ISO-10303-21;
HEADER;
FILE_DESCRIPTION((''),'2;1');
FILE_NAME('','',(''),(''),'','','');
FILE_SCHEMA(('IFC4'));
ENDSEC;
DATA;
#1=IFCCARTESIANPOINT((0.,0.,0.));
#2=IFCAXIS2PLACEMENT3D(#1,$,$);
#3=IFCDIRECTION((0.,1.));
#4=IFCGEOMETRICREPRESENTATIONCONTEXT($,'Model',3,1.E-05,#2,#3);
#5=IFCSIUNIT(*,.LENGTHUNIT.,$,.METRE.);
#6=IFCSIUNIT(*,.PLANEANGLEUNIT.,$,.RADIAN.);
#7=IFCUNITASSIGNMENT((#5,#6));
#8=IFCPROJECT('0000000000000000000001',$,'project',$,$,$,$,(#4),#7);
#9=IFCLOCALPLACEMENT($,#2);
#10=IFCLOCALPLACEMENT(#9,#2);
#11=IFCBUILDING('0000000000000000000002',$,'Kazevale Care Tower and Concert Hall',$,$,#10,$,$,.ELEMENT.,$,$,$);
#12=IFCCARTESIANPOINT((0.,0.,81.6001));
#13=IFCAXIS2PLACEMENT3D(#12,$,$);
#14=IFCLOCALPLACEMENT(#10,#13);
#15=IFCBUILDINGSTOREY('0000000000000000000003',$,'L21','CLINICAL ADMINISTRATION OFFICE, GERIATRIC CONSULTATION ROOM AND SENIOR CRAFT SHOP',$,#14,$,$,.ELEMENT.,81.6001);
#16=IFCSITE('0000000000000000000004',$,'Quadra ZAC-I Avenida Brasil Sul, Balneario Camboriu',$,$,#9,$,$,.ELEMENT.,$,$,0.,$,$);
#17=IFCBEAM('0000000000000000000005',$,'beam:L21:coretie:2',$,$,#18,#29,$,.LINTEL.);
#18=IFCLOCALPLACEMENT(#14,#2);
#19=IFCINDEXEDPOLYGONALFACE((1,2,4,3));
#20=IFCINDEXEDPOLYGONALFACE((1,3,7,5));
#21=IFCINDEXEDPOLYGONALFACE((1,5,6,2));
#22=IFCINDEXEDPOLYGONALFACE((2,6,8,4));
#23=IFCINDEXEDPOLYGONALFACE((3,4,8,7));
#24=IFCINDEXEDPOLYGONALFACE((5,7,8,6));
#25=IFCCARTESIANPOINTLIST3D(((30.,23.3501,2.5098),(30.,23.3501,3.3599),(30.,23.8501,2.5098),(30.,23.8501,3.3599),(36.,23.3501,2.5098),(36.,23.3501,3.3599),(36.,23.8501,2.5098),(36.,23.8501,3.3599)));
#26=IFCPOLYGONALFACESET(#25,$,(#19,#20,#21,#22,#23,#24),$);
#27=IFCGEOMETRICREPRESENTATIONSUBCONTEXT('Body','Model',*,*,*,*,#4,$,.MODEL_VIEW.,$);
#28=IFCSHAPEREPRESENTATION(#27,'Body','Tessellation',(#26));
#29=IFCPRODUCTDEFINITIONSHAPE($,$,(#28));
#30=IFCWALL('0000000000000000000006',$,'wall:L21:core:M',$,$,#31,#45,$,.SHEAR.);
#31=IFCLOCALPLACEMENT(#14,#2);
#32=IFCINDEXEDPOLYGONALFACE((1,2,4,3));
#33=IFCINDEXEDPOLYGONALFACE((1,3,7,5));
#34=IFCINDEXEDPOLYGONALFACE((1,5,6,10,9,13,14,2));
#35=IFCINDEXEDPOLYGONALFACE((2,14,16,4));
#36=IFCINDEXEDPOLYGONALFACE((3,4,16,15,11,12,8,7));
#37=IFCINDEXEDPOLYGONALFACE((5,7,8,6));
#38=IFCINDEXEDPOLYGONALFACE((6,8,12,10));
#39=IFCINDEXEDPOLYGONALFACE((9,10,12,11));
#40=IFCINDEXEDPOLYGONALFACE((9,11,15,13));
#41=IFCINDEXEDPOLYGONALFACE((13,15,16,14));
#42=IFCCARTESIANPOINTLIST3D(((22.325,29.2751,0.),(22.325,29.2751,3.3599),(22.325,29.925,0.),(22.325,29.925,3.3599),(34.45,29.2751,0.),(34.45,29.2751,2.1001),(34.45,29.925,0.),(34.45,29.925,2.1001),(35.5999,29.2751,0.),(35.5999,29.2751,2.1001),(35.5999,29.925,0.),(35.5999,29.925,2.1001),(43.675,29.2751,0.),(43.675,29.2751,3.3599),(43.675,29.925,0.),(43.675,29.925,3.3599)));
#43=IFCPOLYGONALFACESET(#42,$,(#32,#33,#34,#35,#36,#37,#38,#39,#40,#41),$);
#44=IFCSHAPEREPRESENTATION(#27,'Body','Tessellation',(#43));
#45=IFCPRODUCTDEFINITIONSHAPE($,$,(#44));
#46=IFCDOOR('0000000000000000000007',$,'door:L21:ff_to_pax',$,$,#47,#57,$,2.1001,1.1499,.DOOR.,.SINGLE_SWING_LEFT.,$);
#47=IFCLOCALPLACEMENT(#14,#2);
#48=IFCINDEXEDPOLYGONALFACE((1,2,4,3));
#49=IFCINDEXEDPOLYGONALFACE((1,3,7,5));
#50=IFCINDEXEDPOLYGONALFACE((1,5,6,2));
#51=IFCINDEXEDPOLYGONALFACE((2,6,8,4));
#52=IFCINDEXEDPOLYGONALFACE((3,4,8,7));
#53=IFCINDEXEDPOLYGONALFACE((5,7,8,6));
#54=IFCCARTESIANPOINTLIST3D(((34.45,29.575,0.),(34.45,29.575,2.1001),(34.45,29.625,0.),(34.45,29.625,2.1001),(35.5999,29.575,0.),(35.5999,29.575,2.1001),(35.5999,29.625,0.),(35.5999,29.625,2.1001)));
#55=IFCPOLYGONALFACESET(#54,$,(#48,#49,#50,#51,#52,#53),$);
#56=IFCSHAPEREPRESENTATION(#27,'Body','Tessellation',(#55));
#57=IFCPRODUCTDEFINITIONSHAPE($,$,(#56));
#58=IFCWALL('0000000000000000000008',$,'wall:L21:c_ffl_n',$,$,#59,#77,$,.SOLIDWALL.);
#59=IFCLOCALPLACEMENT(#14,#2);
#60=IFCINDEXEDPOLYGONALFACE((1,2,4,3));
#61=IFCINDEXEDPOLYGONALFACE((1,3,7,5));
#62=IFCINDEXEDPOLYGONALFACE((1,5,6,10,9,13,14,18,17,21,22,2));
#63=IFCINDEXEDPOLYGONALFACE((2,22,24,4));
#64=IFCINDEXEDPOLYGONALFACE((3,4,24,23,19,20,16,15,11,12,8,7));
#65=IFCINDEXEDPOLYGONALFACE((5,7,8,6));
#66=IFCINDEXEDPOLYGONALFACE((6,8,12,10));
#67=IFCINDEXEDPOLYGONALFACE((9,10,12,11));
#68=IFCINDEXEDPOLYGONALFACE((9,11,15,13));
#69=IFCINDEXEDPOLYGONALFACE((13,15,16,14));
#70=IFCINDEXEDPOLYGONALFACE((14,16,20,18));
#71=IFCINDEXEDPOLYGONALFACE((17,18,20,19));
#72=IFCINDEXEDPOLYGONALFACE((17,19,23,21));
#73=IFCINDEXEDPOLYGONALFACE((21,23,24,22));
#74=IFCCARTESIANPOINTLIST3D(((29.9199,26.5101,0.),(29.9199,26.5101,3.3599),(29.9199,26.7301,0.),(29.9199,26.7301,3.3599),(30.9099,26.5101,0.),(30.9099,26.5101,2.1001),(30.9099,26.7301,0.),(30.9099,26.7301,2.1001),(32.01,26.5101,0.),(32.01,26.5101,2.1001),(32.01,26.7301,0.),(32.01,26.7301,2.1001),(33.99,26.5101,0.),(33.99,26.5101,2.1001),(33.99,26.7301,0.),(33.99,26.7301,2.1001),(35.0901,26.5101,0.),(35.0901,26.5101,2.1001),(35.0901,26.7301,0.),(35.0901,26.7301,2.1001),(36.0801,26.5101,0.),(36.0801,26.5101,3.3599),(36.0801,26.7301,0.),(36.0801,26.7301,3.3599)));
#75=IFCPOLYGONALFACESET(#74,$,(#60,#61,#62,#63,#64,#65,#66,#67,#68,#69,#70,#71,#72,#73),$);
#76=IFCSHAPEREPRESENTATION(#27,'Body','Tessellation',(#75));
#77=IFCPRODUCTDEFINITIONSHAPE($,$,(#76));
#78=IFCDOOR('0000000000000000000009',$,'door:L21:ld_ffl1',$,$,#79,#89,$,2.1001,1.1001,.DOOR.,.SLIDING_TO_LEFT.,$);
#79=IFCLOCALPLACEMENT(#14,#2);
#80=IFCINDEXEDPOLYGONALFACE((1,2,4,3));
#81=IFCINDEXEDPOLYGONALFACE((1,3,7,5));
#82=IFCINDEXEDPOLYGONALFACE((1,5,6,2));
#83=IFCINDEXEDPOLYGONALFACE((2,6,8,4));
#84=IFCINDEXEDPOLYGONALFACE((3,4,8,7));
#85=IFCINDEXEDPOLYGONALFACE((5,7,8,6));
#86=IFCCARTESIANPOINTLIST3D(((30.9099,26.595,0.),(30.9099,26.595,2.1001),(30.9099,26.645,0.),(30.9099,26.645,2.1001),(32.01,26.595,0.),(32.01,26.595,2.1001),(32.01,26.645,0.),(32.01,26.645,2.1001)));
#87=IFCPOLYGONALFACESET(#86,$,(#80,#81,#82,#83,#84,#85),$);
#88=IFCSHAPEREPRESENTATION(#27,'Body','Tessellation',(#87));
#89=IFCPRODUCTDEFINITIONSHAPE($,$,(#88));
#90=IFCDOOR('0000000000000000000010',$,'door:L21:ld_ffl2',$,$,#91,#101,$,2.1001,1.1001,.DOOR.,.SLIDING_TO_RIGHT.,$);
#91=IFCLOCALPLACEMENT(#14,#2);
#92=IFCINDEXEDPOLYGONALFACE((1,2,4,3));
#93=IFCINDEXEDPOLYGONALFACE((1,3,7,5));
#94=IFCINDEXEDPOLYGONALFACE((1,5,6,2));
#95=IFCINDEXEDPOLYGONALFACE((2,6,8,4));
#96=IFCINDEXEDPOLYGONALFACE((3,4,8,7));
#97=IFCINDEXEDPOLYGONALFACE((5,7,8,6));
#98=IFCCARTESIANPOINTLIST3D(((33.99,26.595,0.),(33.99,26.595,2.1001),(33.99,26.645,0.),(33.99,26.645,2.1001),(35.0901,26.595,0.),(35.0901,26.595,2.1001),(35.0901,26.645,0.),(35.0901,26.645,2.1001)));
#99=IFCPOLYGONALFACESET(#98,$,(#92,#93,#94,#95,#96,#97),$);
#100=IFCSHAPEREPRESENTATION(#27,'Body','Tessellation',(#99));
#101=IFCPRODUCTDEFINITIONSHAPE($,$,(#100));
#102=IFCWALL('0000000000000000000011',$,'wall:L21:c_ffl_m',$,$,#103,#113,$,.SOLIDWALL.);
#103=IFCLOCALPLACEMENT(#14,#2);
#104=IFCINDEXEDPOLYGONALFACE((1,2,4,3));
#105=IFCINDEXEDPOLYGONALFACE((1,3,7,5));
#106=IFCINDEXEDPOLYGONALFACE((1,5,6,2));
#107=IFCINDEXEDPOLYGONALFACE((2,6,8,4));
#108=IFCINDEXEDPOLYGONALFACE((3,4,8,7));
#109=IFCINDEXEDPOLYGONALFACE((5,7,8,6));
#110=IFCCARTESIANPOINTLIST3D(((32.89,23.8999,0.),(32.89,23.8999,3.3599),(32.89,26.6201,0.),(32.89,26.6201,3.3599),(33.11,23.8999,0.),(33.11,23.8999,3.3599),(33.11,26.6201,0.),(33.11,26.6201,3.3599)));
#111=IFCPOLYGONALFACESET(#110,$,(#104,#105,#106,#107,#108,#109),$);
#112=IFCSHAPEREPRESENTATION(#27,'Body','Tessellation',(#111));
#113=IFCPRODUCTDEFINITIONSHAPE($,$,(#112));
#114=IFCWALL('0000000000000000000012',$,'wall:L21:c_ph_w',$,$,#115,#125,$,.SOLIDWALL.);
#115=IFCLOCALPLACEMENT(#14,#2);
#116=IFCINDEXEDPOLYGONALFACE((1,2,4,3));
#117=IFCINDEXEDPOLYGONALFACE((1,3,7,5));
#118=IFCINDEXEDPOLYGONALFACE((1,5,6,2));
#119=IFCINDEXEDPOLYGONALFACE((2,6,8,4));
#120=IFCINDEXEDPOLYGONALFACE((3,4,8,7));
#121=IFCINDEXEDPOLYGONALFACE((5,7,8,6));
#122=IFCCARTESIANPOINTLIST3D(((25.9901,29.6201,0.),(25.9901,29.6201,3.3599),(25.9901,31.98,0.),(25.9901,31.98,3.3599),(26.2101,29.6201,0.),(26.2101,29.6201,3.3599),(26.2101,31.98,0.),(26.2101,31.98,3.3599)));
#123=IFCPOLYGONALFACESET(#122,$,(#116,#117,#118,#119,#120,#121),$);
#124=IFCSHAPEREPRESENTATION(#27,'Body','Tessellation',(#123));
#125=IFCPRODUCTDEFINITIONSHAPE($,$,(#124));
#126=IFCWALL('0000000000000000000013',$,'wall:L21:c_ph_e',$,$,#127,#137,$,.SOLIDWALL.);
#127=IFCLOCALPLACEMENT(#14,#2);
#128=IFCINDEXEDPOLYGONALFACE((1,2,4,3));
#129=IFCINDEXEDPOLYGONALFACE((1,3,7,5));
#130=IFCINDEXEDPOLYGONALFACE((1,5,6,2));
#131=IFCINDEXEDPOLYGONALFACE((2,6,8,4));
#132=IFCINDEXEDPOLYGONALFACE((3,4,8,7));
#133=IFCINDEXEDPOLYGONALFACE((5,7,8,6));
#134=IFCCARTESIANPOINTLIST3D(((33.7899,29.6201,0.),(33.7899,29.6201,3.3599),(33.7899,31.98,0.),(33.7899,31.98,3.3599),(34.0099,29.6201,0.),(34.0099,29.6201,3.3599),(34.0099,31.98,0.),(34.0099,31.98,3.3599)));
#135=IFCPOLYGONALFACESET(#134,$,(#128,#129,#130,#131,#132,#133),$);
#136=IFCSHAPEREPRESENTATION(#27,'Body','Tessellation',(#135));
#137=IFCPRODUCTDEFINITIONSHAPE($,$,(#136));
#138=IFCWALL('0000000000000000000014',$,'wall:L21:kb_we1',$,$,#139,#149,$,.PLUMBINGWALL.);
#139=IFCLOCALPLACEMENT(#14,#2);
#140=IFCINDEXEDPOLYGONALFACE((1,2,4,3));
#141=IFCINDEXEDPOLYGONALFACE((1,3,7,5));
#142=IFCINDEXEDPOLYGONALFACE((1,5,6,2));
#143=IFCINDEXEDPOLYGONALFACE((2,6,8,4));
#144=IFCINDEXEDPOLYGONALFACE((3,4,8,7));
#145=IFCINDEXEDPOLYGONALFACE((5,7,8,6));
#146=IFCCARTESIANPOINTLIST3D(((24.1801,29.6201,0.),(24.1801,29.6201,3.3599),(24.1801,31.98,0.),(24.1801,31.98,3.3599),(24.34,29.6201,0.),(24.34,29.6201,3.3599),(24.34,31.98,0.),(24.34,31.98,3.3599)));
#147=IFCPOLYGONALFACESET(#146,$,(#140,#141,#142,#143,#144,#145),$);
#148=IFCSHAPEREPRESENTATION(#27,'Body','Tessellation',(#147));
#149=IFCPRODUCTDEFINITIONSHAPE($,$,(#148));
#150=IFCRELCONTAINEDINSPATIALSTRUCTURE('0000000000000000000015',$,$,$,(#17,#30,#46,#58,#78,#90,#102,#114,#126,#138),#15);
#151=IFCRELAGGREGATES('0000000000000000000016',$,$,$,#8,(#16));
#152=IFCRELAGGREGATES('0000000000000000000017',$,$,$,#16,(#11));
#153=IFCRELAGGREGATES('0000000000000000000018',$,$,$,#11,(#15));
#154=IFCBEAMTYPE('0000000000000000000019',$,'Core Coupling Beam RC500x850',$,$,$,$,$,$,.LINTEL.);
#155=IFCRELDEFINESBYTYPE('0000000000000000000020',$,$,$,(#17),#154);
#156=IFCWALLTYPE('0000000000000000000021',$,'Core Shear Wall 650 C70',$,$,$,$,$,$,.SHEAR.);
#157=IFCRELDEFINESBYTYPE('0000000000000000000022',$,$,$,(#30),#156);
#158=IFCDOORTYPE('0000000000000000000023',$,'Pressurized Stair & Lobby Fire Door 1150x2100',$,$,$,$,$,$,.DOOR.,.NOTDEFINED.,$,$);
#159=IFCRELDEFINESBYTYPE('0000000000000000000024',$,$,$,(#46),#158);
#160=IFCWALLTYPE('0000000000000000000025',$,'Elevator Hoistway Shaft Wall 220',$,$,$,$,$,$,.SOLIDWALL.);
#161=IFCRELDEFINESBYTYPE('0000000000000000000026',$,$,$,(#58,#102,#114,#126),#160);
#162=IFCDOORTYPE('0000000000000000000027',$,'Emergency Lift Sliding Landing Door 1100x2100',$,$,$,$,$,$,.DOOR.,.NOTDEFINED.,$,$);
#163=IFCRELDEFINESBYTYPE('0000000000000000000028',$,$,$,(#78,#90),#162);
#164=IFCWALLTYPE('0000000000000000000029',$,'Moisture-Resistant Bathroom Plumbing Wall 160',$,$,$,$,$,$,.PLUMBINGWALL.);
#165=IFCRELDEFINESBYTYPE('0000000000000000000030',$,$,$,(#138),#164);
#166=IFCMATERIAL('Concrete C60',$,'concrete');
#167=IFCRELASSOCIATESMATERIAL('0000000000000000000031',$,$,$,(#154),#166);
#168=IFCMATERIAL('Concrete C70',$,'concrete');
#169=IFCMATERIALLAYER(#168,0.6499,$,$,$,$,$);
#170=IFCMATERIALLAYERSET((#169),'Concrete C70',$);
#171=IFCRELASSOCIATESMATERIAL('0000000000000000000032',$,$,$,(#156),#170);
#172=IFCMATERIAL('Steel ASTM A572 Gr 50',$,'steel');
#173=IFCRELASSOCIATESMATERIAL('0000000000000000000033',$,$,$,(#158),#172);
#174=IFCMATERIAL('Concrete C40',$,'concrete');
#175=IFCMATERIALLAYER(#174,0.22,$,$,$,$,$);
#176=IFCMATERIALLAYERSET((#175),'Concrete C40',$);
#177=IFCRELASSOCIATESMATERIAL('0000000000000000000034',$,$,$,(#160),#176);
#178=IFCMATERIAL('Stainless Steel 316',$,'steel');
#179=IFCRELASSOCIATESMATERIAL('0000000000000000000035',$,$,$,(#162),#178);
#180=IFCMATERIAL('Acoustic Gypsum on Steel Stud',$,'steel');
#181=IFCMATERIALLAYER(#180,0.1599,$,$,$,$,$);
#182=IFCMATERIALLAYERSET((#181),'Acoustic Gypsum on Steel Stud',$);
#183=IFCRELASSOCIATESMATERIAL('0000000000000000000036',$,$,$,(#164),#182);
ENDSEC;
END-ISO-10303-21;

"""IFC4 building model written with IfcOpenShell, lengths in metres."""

from ifc_helpers import new_model, si_unit, direction, frame, frame_2d, origin, origin_2d, place, context, subcontext, project, spatial, rectangle, extrude, material, layer, layer_set, material_profile, profile_set, type_object, element, fill, save


model = new_model("IFC4")

# Units and contexts
model_context = context("Model", 3, precision=1e-05, world=origin(), true_north=direction((0.0, 1.0)))
body_context = subcontext(model_context, "Body", "Model", "MODEL_VIEW")
ifc_project = project(units=[si_unit("LENGTHUNIT", "METRE"), si_unit("PLANEANGLEUNIT", "RADIAN")], contexts=[model_context])

# Site, building, storey
site_placement = place(None, origin())
site = spatial("IfcSite", under=ifc_project, at=site_placement, Name="Quadra ZAC-I Avenida Brasil Sul, Balneario Camboriu", CompositionType="ELEMENT", RefElevation=0.0)
building_placement = place(site_placement, origin())
building = spatial("IfcBuilding", under=site, at=building_placement, Name="Kazevale Care Tower and Concert Hall", CompositionType="ELEMENT")
storey_placement = place(building_placement, frame((0.0, 0.0, 81.6001)))
storey = spatial("IfcBuildingStorey", under=building, at=storey_placement, Name="L21", Description="CLINICAL ADMINISTRATION OFFICE, GERIATRIC CONSULTATION ROOM AND SENIOR CRAFT SHOP", CompositionType="ELEMENT", Elevation=81.6001)

# Beam
ifc_material_1 = material(Name="Concrete C60", Category="concrete")
ifc_material_profile = material_profile(ifc_material_1, rectangle(XDim=0.5, YDim=0.8501, at=origin_2d()), Name="RC-B500x850")
ifc_profile_set = profile_set([ifc_material_profile], Name="Concrete C60")
beam_type = type_object("IfcBeamType", Name="Core Coupling Beam RC500x850", PredefinedType="LINTEL", material=ifc_profile_set)
beam_placement = place(storey_placement, frame((30.0, 23.6001, 2.9348), z_axis=(1.0, 0.0, 0.0), x_axis=(0.0, 1.0, 0.0)))
element("IfcBeam", 1, at=beam_placement, inside=storey, type_object=beam_type, Name="beam:L21:coretie:2", PredefinedType="LINTEL", context=body_context, shape_type="SweptSolid", body=[
    extrude(rectangle(XDim=0.5, YDim=0.8501, at=origin_2d()), origin(), (0.0, 0.0, 1.0), 6.0),
])

# Wall, opening, door
ifc_material_2 = material(Name="Concrete C70", Category="concrete")
ifc_layer_1 = layer(ifc_material_2, 0.6499)
ifc_layer_set_1 = layer_set([ifc_layer_1], Name="Concrete C70")
wall_type_1 = type_object("IfcWallType", Name="Core Shear Wall 650 C70", PredefinedType="SHEAR", material=ifc_layer_set_1)
wall_1_placement = place(storey_placement, frame((22.325, 29.6001, 0.0), z_axis=(0.0, 0.0, 1.0), x_axis=(1.0, 0.0, 0.0)))
wall_1 = element("IfcWall", 2, at=wall_1_placement, inside=storey, type_object=wall_type_1, Name="wall:L21:core:M", PredefinedType="SHEAR", context=body_context, shape_type="SweptSolid", body=[
    extrude(rectangle(XDim=21.3501, YDim=0.6499, at=frame_2d((10.675, 0.0))), origin(), (0.0, 0.0, 1.0), 3.3599),
])
opening_1_placement = place(wall_1_placement, frame((12.125, 0.0, 0.0)))
opening_1 = element("IfcOpeningElement", 3, at=opening_1_placement, cuts=wall_1, PredefinedType="OPENING", context=body_context, shape_type="SweptSolid", body=[
    extrude(rectangle(XDim=1.1499, YDim=2.1001, at=frame_2d((0.575, 1.05))), frame((0.0, 0.335, 0.0), z_axis=(0.0, -1.0, 0.0), x_axis=(1.0, 0.0, 0.0)), (0.0, 0.0, 1.0), 0.6699),
])
ifc_material_3 = material(Name="Steel ASTM A572 Gr 50", Category="steel")
door_type_1 = type_object("IfcDoorType", Name="Pressurized Stair & Lobby Fire Door 1150x2100", OperationType="NOTDEFINED", PredefinedType="DOOR", material=ifc_material_3)
door_1_placement = place(opening_1_placement, origin())
door_1 = element("IfcDoor", 4, at=door_1_placement, inside=storey, type_object=door_type_1, Name="door:L21:ff_to_pax", OperationType="SINGLE_SWING_LEFT", OverallHeight=2.1001, OverallWidth=1.1499, PredefinedType="DOOR", context=body_context, shape_type="SweptSolid", body=[
    extrude(rectangle(XDim=1.1499, YDim=2.1001, at=frame_2d((0.575, 1.05))), frame((0.0, 0.0249, 0.0), z_axis=(0.0, -1.0, 0.0), x_axis=(1.0, 0.0, 0.0)), (0.0, 0.0, 1.0), 0.05),
])
fill(opening_1, door_1)

# Wall, openings, doors
ifc_material_4 = material(Name="Concrete C40", Category="concrete")
ifc_layer_2 = layer(ifc_material_4, 0.22)
ifc_layer_set_2 = layer_set([ifc_layer_2], Name="Concrete C40")
wall_type_2 = type_object("IfcWallType", Name="Elevator Hoistway Shaft Wall 220", PredefinedType="SOLIDWALL", material=ifc_layer_set_2)
wall_2_placement = place(storey_placement, frame((29.9199, 26.6201, 0.0), z_axis=(0.0, 0.0, 1.0), x_axis=(1.0, 0.0, 0.0)))
wall_2 = element("IfcWall", 5, at=wall_2_placement, inside=storey, type_object=wall_type_2, Name="wall:L21:c_ffl_n", PredefinedType="SOLIDWALL", context=body_context, shape_type="SweptSolid", body=[
    extrude(rectangle(XDim=6.1602, YDim=0.22, at=frame_2d((3.0801, 0.0))), origin(), (0.0, 0.0, 1.0), 3.3599),
])
opening_2_placement = place(wall_2_placement, frame((0.99, 0.0, 0.0)))
opening_2 = element("IfcOpeningElement", 6, at=opening_2_placement, cuts=wall_2, PredefinedType="OPENING", context=body_context, shape_type="SweptSolid", body=[
    extrude(rectangle(XDim=1.1001, YDim=2.1001, at=frame_2d((0.55, 1.05))), frame((0.0, 0.1199, 0.0), z_axis=(0.0, -1.0, 0.0), x_axis=(1.0, 0.0, 0.0)), (0.0, 0.0, 1.0), 0.24),
])
opening_3_placement = place(wall_2_placement, frame((4.0701, 0.0, 0.0)))
opening_3 = element("IfcOpeningElement", 7, at=opening_3_placement, cuts=wall_2, PredefinedType="OPENING", context=body_context, shape_type="SweptSolid", body=[
    extrude(rectangle(XDim=1.1001, YDim=2.1001, at=frame_2d((0.55, 1.05))), frame((0.0, 0.1199, 0.0), z_axis=(0.0, -1.0, 0.0), x_axis=(1.0, 0.0, 0.0)), (0.0, 0.0, 1.0), 0.24),
])
ifc_material_5 = material(Name="Stainless Steel 316", Category="steel")
door_type_2 = type_object("IfcDoorType", Name="Emergency Lift Sliding Landing Door 1100x2100", OperationType="NOTDEFINED", PredefinedType="DOOR", material=ifc_material_5)
door_2_placement = place(opening_2_placement, origin())
door_2 = element("IfcDoor", 8, at=door_2_placement, inside=storey, type_object=door_type_2, Name="door:L21:ld_ffl1", OperationType="SLIDING_TO_LEFT", OverallHeight=2.1001, OverallWidth=1.1001, PredefinedType="DOOR", context=body_context, shape_type="SweptSolid", body=[
    extrude(rectangle(XDim=1.1001, YDim=2.1001, at=frame_2d((0.55, 1.05))), frame((0.0, 0.0249, 0.0), z_axis=(0.0, -1.0, 0.0), x_axis=(1.0, 0.0, 0.0)), (0.0, 0.0, 1.0), 0.05),
])
fill(opening_2, door_2)
door_3_placement = place(opening_3_placement, origin())
door_3 = element("IfcDoor", 9, at=door_3_placement, inside=storey, type_object=door_type_2, Name="door:L21:ld_ffl2", OperationType="SLIDING_TO_RIGHT", OverallHeight=2.1001, OverallWidth=1.1001, PredefinedType="DOOR", context=body_context, shape_type="SweptSolid", body=[
    extrude(rectangle(XDim=1.1001, YDim=2.1001, at=frame_2d((0.55, 1.05))), frame((0.0, 0.0249, 0.0), z_axis=(0.0, -1.0, 0.0), x_axis=(1.0, 0.0, 0.0)), (0.0, 0.0, 1.0), 0.05),
])
fill(opening_3, door_3)

# Walls
wall_3_placement = place(storey_placement, frame((33.0, 23.8999, 0.0), z_axis=(0.0, 0.0, 1.0), x_axis=(0.0, 1.0, 0.0)))
element("IfcWall", 10, at=wall_3_placement, inside=storey, type_object=wall_type_2, Name="wall:L21:c_ffl_m", PredefinedType="SOLIDWALL", context=body_context, shape_type="SweptSolid", body=[
    extrude(rectangle(XDim=2.7202, YDim=0.22, at=frame_2d((1.3601, 0.0))), origin(), (0.0, 0.0, 1.0), 3.3599),
])
for number, where, z_axis, x_axis, name in (
    (11, (26.1001, 29.6201, 0.0), (0.0, 0.0, 1.0), (0.0, 1.0, 0.0), "wall:L21:c_ph_w"),
    (12, (33.8999, 29.6201, 0.0), (0.0, 0.0, 1.0), (0.0, 1.0, 0.0), "wall:L21:c_ph_e"),
):
    element("IfcWall", number, at=place(storey_placement, frame(where, z_axis=z_axis, x_axis=x_axis)), inside=storey, type_object=wall_type_2, Name=name, PredefinedType="SOLIDWALL", context=body_context, shape_type="SweptSolid", body=[
        extrude(rectangle(XDim=2.3599, YDim=0.22, at=frame_2d((1.1799, 0.0))), origin(), (0.0, 0.0, 1.0), 3.3599),
    ])
ifc_material_6 = material(Name="Acoustic Gypsum on Steel Stud", Category="steel")
ifc_layer_3 = layer(ifc_material_6, 0.1599)
ifc_layer_set_3 = layer_set([ifc_layer_3], Name="Acoustic Gypsum on Steel Stud")
wall_type_3 = type_object("IfcWallType", Name="Moisture-Resistant Bathroom Plumbing Wall 160", PredefinedType="PLUMBINGWALL", material=ifc_layer_set_3)
wall_4_placement = place(storey_placement, frame((24.26, 29.6201, 0.0), z_axis=(0.0, 0.0, 1.0), x_axis=(0.0, 1.0, 0.0)))
element("IfcWall", 13, at=wall_4_placement, inside=storey, type_object=wall_type_3, Name="wall:L21:kb_we1", PredefinedType="PLUMBINGWALL", context=body_context, shape_type="SweptSolid", body=[
    extrude(rectangle(XDim=2.3599, YDim=0.1599, at=frame_2d((1.1799, 0.0))), origin(), (0.0, 0.0, 1.0), 3.3599),
])

save(model, "model.ifc")
